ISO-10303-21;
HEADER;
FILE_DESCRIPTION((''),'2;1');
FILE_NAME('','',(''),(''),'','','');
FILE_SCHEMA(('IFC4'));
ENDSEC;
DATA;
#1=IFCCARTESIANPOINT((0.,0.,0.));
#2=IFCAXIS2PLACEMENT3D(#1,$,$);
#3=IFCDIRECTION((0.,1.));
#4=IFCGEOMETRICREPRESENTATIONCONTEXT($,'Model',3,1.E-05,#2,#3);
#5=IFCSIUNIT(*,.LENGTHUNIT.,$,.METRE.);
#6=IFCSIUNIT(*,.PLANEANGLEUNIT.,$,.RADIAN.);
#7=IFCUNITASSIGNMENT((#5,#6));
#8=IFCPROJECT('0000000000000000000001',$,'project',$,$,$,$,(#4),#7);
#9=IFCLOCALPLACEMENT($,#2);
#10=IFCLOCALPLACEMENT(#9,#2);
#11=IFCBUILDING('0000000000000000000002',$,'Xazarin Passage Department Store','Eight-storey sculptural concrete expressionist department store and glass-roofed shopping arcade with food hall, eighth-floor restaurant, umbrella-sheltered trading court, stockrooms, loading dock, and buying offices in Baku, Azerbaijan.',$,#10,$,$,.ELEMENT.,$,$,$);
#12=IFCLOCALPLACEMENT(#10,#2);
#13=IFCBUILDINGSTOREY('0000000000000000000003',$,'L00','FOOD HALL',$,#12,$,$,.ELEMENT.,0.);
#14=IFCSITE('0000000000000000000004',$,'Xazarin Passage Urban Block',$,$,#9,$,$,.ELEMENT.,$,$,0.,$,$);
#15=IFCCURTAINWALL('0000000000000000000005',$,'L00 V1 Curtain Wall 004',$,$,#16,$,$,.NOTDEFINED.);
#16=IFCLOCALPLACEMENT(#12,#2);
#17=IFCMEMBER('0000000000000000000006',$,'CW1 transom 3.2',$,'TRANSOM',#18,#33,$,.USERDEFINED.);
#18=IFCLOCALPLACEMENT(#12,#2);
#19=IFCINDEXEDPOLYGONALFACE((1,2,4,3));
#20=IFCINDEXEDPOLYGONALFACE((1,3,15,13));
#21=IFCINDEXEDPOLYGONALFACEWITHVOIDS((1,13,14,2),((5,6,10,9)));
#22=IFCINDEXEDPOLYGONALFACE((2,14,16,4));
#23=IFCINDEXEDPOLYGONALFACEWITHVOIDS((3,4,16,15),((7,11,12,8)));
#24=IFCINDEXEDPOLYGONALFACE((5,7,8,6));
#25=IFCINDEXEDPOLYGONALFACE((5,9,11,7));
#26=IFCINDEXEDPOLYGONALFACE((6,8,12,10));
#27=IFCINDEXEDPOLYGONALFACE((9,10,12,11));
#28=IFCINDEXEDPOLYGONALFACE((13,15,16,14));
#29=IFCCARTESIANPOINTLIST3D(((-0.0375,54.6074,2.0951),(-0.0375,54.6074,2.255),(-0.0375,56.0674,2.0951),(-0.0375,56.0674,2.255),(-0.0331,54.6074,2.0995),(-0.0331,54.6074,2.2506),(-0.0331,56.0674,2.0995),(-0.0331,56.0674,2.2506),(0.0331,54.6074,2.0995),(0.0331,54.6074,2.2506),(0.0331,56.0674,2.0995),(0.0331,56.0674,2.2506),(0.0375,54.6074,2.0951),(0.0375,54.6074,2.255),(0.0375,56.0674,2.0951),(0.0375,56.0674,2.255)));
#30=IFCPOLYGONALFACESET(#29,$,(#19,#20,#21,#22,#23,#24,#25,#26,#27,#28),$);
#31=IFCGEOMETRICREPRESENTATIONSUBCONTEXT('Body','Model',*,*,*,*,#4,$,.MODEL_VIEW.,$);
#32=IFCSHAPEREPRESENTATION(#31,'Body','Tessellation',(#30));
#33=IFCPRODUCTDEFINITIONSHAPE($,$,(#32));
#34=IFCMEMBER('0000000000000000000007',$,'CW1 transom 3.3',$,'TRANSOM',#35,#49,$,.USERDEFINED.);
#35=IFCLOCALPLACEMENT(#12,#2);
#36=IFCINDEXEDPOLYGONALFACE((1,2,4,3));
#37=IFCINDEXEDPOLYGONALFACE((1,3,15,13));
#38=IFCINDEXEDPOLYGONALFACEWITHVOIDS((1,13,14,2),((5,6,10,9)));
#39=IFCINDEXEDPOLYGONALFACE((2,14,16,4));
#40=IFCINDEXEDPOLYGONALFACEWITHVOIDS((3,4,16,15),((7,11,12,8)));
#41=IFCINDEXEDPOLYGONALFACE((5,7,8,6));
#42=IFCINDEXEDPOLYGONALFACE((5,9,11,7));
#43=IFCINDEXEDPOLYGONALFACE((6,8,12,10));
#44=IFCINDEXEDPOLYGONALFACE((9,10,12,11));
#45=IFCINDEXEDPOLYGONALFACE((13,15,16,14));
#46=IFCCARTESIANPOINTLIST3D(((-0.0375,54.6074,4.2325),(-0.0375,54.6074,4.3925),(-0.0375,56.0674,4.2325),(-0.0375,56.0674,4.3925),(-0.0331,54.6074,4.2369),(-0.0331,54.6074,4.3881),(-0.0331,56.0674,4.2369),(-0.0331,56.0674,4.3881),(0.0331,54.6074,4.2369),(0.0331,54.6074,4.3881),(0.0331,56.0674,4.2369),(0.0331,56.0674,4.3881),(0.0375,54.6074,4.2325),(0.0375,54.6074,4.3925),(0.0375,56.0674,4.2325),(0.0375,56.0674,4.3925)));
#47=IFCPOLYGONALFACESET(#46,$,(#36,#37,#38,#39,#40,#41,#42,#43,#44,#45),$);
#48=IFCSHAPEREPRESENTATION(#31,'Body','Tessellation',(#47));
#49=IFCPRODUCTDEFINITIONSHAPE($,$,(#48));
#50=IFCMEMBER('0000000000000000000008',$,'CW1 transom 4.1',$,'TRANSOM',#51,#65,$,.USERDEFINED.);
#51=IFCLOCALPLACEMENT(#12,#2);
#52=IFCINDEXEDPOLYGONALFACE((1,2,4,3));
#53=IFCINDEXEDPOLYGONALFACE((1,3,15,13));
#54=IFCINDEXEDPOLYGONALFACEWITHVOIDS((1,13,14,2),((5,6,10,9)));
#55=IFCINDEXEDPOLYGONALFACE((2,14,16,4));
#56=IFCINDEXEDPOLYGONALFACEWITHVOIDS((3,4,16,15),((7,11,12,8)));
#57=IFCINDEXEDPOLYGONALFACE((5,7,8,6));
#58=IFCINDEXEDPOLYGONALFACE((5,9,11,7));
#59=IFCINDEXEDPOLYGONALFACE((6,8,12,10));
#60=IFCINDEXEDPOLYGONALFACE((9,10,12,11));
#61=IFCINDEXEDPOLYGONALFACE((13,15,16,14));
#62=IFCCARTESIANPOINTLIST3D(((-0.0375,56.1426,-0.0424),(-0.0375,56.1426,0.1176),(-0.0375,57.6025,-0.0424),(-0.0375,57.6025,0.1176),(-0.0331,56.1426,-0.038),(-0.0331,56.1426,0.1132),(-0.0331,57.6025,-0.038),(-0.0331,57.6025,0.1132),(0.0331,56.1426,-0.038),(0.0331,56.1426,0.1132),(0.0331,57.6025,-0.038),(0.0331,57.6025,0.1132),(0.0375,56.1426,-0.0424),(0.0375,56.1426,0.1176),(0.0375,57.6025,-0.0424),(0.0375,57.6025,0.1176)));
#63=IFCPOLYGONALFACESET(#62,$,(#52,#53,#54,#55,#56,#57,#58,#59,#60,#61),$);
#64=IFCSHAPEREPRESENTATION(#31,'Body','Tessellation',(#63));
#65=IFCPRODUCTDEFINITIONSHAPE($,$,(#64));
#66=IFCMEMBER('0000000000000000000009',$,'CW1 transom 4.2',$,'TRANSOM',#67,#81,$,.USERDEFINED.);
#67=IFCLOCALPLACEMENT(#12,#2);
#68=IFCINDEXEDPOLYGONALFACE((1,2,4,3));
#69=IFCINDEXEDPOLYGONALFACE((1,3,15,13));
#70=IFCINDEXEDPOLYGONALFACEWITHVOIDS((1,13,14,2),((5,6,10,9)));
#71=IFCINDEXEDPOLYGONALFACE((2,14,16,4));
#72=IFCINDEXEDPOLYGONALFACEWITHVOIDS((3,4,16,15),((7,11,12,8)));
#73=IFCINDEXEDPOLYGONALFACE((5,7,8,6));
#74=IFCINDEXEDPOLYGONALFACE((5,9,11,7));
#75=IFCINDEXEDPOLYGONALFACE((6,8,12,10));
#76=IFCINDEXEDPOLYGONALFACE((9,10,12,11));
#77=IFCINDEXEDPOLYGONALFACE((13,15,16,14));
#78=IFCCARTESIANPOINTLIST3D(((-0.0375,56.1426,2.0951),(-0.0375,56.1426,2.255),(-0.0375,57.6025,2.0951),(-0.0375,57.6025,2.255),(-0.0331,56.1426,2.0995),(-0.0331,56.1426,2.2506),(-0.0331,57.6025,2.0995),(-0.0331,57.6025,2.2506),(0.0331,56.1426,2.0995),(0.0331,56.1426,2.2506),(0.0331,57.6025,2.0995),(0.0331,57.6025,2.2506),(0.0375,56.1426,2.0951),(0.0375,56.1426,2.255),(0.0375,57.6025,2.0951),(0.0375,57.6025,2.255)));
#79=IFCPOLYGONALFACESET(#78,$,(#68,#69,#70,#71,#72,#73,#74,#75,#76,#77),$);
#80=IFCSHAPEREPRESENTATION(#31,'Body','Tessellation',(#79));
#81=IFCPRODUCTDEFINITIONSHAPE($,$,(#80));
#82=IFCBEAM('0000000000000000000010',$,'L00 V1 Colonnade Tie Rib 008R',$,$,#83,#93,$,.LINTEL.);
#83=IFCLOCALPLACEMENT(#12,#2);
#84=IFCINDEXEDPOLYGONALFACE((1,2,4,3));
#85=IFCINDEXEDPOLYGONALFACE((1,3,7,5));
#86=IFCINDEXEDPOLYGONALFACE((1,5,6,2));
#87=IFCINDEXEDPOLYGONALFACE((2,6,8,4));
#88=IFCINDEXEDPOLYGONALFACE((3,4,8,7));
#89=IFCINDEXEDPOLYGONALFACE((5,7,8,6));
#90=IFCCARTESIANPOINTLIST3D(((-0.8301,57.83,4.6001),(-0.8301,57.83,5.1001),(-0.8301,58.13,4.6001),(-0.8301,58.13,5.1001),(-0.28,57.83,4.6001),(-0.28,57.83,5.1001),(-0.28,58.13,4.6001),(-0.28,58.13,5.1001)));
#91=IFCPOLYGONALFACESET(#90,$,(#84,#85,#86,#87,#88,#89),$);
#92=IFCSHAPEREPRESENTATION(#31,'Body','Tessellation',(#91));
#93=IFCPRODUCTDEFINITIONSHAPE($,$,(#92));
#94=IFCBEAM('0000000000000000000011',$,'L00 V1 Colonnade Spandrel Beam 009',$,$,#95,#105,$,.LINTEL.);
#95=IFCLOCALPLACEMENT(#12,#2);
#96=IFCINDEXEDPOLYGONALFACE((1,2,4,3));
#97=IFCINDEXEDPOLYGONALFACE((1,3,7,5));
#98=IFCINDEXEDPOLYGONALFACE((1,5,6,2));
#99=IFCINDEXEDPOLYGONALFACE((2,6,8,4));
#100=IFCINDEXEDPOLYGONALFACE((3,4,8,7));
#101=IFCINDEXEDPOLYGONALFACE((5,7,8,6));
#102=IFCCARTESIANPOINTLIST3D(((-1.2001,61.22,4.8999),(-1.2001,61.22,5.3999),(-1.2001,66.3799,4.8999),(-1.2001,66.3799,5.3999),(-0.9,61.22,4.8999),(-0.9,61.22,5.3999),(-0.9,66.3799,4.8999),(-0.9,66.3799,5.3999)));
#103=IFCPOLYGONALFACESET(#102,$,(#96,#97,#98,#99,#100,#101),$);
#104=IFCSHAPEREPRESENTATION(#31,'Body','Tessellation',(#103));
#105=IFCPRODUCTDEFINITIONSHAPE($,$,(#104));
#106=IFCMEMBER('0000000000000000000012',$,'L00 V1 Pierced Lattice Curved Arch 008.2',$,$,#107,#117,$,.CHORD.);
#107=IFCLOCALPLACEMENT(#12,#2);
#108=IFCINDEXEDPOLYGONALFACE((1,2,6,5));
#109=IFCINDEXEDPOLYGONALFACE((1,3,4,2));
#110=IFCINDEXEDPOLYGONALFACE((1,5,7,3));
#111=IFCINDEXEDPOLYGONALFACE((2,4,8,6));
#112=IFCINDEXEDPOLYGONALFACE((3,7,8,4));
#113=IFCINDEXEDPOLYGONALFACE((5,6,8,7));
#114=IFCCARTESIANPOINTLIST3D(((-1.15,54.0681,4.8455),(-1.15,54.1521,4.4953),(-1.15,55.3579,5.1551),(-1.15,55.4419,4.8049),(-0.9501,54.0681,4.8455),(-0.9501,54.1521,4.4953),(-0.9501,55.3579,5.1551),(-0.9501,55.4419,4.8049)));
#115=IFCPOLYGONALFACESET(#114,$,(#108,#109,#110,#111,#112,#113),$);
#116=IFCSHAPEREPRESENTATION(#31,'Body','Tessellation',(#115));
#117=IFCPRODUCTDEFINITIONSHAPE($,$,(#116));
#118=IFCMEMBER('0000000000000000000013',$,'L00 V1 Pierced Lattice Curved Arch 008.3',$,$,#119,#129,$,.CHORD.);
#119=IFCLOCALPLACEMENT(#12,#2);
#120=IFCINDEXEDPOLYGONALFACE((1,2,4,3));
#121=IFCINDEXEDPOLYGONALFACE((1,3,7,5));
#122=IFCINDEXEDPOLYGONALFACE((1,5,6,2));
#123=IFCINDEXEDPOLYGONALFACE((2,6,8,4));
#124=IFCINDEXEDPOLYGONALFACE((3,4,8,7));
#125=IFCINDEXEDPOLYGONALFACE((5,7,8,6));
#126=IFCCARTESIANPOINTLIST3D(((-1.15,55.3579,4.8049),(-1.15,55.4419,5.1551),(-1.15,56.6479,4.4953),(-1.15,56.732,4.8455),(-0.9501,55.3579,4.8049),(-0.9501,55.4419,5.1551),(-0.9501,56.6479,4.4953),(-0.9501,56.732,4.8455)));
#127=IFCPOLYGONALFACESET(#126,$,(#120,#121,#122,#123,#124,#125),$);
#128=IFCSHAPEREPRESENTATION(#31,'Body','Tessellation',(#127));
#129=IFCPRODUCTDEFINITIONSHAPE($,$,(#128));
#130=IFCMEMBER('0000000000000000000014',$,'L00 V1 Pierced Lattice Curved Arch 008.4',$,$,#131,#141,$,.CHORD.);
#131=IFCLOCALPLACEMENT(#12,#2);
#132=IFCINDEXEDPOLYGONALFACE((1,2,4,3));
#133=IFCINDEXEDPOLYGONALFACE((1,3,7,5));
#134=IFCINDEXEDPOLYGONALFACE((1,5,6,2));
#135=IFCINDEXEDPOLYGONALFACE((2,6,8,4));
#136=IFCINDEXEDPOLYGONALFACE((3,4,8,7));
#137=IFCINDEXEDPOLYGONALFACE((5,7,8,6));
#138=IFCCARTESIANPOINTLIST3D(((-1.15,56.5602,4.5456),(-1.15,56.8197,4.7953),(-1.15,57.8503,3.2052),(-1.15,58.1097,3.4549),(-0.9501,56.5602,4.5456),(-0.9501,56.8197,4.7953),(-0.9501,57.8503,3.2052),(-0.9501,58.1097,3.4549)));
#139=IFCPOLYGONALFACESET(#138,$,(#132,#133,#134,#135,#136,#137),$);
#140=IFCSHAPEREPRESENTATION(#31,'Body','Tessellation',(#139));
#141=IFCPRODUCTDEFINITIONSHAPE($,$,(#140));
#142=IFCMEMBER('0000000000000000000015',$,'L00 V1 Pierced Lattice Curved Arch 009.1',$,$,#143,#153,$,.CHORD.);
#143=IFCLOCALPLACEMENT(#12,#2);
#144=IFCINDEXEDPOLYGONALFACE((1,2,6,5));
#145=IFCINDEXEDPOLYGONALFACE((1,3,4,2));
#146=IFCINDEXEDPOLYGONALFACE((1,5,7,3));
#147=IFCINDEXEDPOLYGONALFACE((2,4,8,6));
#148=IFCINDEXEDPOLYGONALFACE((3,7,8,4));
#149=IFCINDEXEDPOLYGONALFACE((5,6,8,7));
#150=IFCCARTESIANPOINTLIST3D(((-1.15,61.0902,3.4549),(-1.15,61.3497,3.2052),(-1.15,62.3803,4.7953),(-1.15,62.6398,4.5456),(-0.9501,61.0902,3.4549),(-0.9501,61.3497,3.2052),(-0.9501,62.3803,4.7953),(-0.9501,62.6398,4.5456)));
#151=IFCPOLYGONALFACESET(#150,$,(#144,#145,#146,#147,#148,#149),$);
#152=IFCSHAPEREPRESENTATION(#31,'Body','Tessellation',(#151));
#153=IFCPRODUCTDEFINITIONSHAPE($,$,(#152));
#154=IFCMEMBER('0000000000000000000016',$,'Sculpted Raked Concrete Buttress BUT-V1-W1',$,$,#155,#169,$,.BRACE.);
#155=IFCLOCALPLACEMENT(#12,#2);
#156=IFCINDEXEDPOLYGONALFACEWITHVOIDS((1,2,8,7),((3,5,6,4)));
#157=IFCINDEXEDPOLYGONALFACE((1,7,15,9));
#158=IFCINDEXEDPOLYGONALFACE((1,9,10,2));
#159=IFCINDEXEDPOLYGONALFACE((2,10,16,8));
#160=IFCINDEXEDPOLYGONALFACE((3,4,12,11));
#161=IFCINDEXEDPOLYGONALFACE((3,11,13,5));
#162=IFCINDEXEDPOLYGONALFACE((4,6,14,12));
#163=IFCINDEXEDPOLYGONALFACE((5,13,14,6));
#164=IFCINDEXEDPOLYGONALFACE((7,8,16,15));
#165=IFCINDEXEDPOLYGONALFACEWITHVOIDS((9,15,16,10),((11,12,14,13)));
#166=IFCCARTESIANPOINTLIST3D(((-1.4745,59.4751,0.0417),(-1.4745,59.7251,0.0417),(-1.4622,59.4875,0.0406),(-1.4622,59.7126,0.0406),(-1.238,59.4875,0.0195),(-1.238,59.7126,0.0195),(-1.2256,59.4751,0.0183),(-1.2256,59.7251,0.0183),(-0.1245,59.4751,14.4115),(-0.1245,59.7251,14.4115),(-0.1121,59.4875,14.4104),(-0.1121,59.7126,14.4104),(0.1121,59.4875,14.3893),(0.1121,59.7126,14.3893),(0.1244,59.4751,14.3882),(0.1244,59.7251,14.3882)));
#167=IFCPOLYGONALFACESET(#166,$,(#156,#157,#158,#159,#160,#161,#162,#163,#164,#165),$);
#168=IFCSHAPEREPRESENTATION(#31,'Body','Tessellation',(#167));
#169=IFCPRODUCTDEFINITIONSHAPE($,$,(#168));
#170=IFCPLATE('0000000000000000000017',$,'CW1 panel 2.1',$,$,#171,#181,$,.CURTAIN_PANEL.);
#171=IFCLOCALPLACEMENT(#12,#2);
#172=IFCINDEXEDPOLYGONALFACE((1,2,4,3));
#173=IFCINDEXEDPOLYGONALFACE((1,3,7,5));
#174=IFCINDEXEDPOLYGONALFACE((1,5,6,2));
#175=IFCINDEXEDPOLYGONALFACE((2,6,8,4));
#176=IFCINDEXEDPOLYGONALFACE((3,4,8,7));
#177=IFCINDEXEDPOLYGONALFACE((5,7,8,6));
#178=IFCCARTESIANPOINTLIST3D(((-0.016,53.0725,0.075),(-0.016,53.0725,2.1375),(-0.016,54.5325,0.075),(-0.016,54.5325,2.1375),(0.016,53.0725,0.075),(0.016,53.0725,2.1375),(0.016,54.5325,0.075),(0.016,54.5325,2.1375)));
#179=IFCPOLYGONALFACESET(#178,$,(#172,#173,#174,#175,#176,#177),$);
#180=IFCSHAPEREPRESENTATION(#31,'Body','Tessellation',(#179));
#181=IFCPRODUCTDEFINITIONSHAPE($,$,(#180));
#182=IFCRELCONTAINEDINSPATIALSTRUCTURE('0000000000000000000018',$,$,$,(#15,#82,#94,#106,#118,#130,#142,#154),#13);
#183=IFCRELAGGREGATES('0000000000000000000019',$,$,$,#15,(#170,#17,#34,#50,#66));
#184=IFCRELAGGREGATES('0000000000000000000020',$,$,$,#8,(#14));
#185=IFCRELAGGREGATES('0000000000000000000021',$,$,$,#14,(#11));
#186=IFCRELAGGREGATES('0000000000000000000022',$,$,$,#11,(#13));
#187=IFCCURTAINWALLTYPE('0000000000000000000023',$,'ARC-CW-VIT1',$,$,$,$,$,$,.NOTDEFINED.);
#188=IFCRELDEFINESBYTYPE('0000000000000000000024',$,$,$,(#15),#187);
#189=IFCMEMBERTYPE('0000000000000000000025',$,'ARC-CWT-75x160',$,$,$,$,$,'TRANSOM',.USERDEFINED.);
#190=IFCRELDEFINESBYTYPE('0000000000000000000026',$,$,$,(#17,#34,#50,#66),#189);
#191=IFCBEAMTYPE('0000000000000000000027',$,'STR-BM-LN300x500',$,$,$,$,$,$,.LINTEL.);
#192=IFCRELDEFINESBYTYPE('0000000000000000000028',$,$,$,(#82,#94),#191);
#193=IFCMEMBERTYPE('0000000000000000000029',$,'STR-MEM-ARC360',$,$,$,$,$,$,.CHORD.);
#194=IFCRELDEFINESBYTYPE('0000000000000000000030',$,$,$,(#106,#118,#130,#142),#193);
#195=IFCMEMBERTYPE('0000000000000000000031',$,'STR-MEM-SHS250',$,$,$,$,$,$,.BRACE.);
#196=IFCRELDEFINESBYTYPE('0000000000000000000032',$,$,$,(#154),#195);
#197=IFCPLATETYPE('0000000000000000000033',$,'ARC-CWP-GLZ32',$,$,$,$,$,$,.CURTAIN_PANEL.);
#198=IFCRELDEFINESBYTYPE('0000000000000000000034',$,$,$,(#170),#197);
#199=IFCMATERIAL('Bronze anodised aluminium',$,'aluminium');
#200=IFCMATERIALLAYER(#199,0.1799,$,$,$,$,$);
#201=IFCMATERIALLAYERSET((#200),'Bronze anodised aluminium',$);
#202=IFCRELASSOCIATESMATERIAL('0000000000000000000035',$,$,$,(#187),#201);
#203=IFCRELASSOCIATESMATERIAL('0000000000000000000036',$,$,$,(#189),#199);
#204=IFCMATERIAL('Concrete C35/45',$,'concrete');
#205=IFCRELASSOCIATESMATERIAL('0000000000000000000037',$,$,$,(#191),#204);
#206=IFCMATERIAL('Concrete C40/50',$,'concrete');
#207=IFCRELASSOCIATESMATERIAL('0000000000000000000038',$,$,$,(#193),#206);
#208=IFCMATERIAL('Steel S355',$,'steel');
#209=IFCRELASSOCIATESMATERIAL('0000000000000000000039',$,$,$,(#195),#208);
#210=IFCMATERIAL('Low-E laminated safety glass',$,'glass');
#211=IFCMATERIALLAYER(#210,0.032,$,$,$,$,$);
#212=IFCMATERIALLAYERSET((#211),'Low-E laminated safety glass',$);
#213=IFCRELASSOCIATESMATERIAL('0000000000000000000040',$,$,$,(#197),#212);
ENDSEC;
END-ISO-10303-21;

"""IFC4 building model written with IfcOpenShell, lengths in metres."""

from ifc_helpers import new_model, si_unit, direction, frame, origin, origin_2d, place, context, subcontext, project, spatial, rectangle, hollow_rectangle, extrude, material, layer, layer_set, material_profile, profile_set, type_object, element, aggregate, save


model = new_model("IFC4")

# Units and contexts
model_context = context("Model", 3, precision=1e-05, world=origin(), true_north=direction((0.0, 1.0)))
body_context = subcontext(model_context, "Body", "Model", "MODEL_VIEW")
ifc_project = project(units=[si_unit("LENGTHUNIT", "METRE"), si_unit("PLANEANGLEUNIT", "RADIAN")], contexts=[model_context])

# Site, building, storey
site_placement = place(None, origin())
site = spatial("IfcSite", under=ifc_project, at=site_placement, Name="Xazarin Passage Urban Block", CompositionType="ELEMENT", RefElevation=0.0)
building_placement = place(site_placement, origin())
building = spatial("IfcBuilding", under=site, at=building_placement, Name="Xazarin Passage Department Store", Description="Eight-storey sculptural concrete expressionist department store and glass-roofed shopping arcade with food hall, eighth-floor restaurant, umbrella-sheltered trading court, stockrooms, loading dock, and buying offices in Baku, Azerbaijan.", CompositionType="ELEMENT")
storey_placement = place(building_placement, origin())
storey = spatial("IfcBuildingStorey", under=building, at=storey_placement, Name="L00", Description="FOOD HALL", CompositionType="ELEMENT", Elevation=0.0)

# Shared definitions
ifc_material_1 = material(Name="Concrete C35/45", Category="concrete")

# Shared definitions
ifc_material_2 = material(Name="Concrete C40/50", Category="concrete")

# Curtain wall, members
ifc_material_3 = material(Name="Bronze anodised aluminium", Category="aluminium")
ifc_layer_1 = layer(ifc_material_3, 0.1799)
ifc_layer_set_1 = layer_set([ifc_layer_1], Name="Bronze anodised aluminium")
curtain_wall_type = type_object("IfcCurtainWallType", Name="ARC-CW-VIT1", PredefinedType="NOTDEFINED", material=ifc_layer_set_1)
curtain_wall_placement = place(storey_placement, origin())
curtain_wall = element("IfcCurtainWall", 1, at=curtain_wall_placement, inside=storey, type_object=curtain_wall_type, Name="L00 V1 Curtain Wall 004", PredefinedType="NOTDEFINED")
ifc_material_profile_1 = material_profile(ifc_material_3, hollow_rectangle(XDim=0.075, YDim=0.1599, WallThickness=0.0044, at=origin_2d()), Name="ALU 75x160")
ifc_profile_set_1 = profile_set([ifc_material_profile_1], Name="Bronze anodised aluminium")
member_type_1 = type_object("IfcMemberType", Name="ARC-CWT-75x160", ElementType="TRANSOM", PredefinedType="USERDEFINED", material=ifc_profile_set_1)
member_1_placement = place(storey_placement, frame((0.0, 54.6074, 2.175), z_axis=(0.0, 1.0, 0.0), x_axis=(-1.0, 0.0, 0.0)))
member_1 = element("IfcMember", 2, at=member_1_placement, type_object=member_type_1, Name="CW1 transom 3.2", ObjectType="TRANSOM", PredefinedType="USERDEFINED", context=body_context, shape_type="SweptSolid", body=[
    extrude(hollow_rectangle(XDim=0.075, YDim=0.1599, WallThickness=0.0044, at=origin_2d()), origin(), (0.0, 0.0, 1.0), 1.46),
])
member_2_placement = place(storey_placement, frame((0.0, 54.6074, 4.3125), z_axis=(0.0, 1.0, 0.0), x_axis=(-1.0, 0.0, 0.0)))
member_2 = element("IfcMember", 3, at=member_2_placement, type_object=member_type_1, Name="CW1 transom 3.3", ObjectType="TRANSOM", PredefinedType="USERDEFINED", context=body_context, shape_type="SweptSolid", body=[
    extrude(hollow_rectangle(XDim=0.075, YDim=0.1599, WallThickness=0.0044, at=origin_2d()), origin(), (0.0, 0.0, 1.0), 1.46),
])
member_3_placement = place(storey_placement, frame((0.0, 56.1426, 0.0376), z_axis=(0.0, 1.0, 0.0), x_axis=(-1.0, 0.0, 0.0)))
member_3 = element("IfcMember", 4, at=member_3_placement, type_object=member_type_1, Name="CW1 transom 4.1", ObjectType="TRANSOM", PredefinedType="USERDEFINED", context=body_context, shape_type="SweptSolid", body=[
    extrude(hollow_rectangle(XDim=0.075, YDim=0.1599, WallThickness=0.0044, at=origin_2d()), origin(), (0.0, 0.0, 1.0), 1.46),
])
member_4_placement = place(storey_placement, frame((0.0, 56.1426, 2.175), z_axis=(0.0, 1.0, 0.0), x_axis=(-1.0, 0.0, 0.0)))
member_4 = element("IfcMember", 5, at=member_4_placement, type_object=member_type_1, Name="CW1 transom 4.2", ObjectType="TRANSOM", PredefinedType="USERDEFINED", context=body_context, shape_type="SweptSolid", body=[
    extrude(hollow_rectangle(XDim=0.075, YDim=0.1599, WallThickness=0.0044, at=origin_2d()), origin(), (0.0, 0.0, 1.0), 1.46),
])

# Beams
ifc_material_profile_2 = material_profile(ifc_material_1, rectangle(XDim=0.3, YDim=0.5, at=origin_2d()), Name="RC 300x500")
ifc_profile_set_2 = profile_set([ifc_material_profile_2], Name="Concrete C35/45")
beam_type = type_object("IfcBeamType", Name="STR-BM-LN300x500", PredefinedType="LINTEL", material=ifc_profile_set_2)
beam_1_placement = place(storey_placement, frame((-0.28, 57.98, 4.8501), z_axis=(-1.0, 0.0, 0.0), x_axis=(0.0, -1.0, 0.0)))
element("IfcBeam", 6, at=beam_1_placement, inside=storey, type_object=beam_type, Name="L00 V1 Colonnade Tie Rib 008R", PredefinedType="LINTEL", context=body_context, shape_type="SweptSolid", body=[
    extrude(rectangle(XDim=0.3, YDim=0.5, at=origin_2d()), origin(), (0.0, 0.0, 1.0), 0.55),
])
beam_2_placement = place(storey_placement, frame((-1.05, 61.22, 5.1499), z_axis=(0.0, 1.0, 0.0), x_axis=(-1.0, 0.0, 0.0)))
element("IfcBeam", 7, at=beam_2_placement, inside=storey, type_object=beam_type, Name="L00 V1 Colonnade Spandrel Beam 009", PredefinedType="LINTEL", context=body_context, shape_type="SweptSolid", body=[
    extrude(rectangle(XDim=0.3, YDim=0.5, at=origin_2d()), origin(), (0.0, 0.0, 1.0), 5.1599),
])

# Members
ifc_material_profile_3 = material_profile(ifc_material_2, rectangle(XDim=0.2, YDim=0.3601, at=origin_2d()), Name="RC 200x360")
ifc_profile_set_3 = profile_set([ifc_material_profile_3], Name="Concrete C40/50")
member_type_2 = type_object("IfcMemberType", Name="STR-MEM-ARC360", PredefinedType="CHORD", material=ifc_profile_set_3)
member_5_placement = place(storey_placement, frame((-1.05, 54.1101, 4.6704), z_axis=(0.0, 0.972384, 0.233387), x_axis=(-1.0, 0.0, 0.0)))
element("IfcMember", 8, at=member_5_placement, inside=storey, type_object=member_type_2, Name="L00 V1 Pierced Lattice Curved Arch 008.2", PredefinedType="CHORD", context=body_context, shape_type="SweptSolid", body=[
    extrude(rectangle(XDim=0.2, YDim=0.3601, at=origin_2d()), origin(), (0.0, 0.0, 1.0), 1.3264),
])
member_6_placement = place(storey_placement, frame((-1.05, 55.3999, 4.98), z_axis=(0.0, 0.972394, -0.233345), x_axis=(-1.0, 0.0, 0.0)))
element("IfcMember", 9, at=member_6_placement, inside=storey, type_object=member_type_2, Name="L00 V1 Pierced Lattice Curved Arch 008.3", PredefinedType="CHORD", context=body_context, shape_type="SweptSolid", body=[
    extrude(rectangle(XDim=0.2, YDim=0.3601, at=origin_2d()), origin(), (0.0, 0.0, 1.0), 1.3267),
])
for number, where, z_axis, x_axis, name in (
    (10, (-1.05, 56.6899, 4.6704), (0.0, 0.69346, -0.720495), (-1.0, 0.0, 0.0), "L00 V1 Pierced Lattice Curved Arch 008.4"),
    (11, (-1.05, 61.22, 3.3301), (0.0, 0.69346, 0.720495), (-1.0, 0.0, 0.0), "L00 V1 Pierced Lattice Curved Arch 009.1"),
):
    element("IfcMember", number, at=place(storey_placement, frame(where, z_axis=z_axis, x_axis=x_axis)), inside=storey, type_object=member_type_2, Name=name, PredefinedType="CHORD", context=body_context, shape_type="SweptSolid", body=[
        extrude(rectangle(XDim=0.2, YDim=0.3601, at=origin_2d()), origin(), (0.0, 0.0, 1.0), 1.8604),
    ])
ifc_material_4 = material(Name="Steel S355", Category="steel")
ifc_material_profile_4 = material_profile(ifc_material_4, hollow_rectangle(XDim=0.25, YDim=0.25, WallThickness=0.0125, at=origin_2d()), Name="SHS 250x250x12.5")
ifc_profile_set_4 = profile_set([ifc_material_profile_4], Name="Steel S355")
member_type_3 = type_object("IfcMemberType", Name="STR-MEM-SHS250", PredefinedType="BRACE", material=ifc_profile_set_4)
member_7_placement = place(storey_placement, frame((-1.3501, 59.6001, 0.03), z_axis=(0.093541, 0.0, 0.995615), x_axis=(0.0, 1.0, 0.0)))
element("IfcMember", 12, at=member_7_placement, inside=storey, type_object=member_type_3, Name="Sculpted Raked Concrete Buttress BUT-V1-W1", PredefinedType="BRACE", context=body_context, shape_type="SweptSolid", body=[
    extrude(hollow_rectangle(XDim=0.25, YDim=0.25, WallThickness=0.0125, at=origin_2d()), origin(), (0.0, 0.0, 1.0), 14.4331),
])

# Plate
ifc_material_5 = material(Name="Low-E laminated safety glass", Category="glass")
ifc_layer_2 = layer(ifc_material_5, 0.032)
ifc_layer_set_2 = layer_set([ifc_layer_2], Name="Low-E laminated safety glass")
plate_type_1 = type_object("IfcPlateType", Name="ARC-CWP-GLZ32", PredefinedType="CURTAIN_PANEL", material=ifc_layer_set_2)
plate_1_placement = place(storey_placement, frame((0.0, 53.8025, 0.075), z_axis=(0.0, 0.0, 1.0), x_axis=(0.0, 1.0, 0.0)))
plate_1 = element("IfcPlate", 13, at=plate_1_placement, type_object=plate_type_1, Name="CW1 panel 2.1", PredefinedType="CURTAIN_PANEL", context=body_context, shape_type="SweptSolid", body=[
    extrude(rectangle(XDim=1.46, YDim=0.032, at=origin_2d()), origin(), (0.0, 0.0, 1.0), 2.0625),
])
aggregate(curtain_wall, [plate_1, member_1, member_2, member_3, member_4])

save(model, "model.ifc")
